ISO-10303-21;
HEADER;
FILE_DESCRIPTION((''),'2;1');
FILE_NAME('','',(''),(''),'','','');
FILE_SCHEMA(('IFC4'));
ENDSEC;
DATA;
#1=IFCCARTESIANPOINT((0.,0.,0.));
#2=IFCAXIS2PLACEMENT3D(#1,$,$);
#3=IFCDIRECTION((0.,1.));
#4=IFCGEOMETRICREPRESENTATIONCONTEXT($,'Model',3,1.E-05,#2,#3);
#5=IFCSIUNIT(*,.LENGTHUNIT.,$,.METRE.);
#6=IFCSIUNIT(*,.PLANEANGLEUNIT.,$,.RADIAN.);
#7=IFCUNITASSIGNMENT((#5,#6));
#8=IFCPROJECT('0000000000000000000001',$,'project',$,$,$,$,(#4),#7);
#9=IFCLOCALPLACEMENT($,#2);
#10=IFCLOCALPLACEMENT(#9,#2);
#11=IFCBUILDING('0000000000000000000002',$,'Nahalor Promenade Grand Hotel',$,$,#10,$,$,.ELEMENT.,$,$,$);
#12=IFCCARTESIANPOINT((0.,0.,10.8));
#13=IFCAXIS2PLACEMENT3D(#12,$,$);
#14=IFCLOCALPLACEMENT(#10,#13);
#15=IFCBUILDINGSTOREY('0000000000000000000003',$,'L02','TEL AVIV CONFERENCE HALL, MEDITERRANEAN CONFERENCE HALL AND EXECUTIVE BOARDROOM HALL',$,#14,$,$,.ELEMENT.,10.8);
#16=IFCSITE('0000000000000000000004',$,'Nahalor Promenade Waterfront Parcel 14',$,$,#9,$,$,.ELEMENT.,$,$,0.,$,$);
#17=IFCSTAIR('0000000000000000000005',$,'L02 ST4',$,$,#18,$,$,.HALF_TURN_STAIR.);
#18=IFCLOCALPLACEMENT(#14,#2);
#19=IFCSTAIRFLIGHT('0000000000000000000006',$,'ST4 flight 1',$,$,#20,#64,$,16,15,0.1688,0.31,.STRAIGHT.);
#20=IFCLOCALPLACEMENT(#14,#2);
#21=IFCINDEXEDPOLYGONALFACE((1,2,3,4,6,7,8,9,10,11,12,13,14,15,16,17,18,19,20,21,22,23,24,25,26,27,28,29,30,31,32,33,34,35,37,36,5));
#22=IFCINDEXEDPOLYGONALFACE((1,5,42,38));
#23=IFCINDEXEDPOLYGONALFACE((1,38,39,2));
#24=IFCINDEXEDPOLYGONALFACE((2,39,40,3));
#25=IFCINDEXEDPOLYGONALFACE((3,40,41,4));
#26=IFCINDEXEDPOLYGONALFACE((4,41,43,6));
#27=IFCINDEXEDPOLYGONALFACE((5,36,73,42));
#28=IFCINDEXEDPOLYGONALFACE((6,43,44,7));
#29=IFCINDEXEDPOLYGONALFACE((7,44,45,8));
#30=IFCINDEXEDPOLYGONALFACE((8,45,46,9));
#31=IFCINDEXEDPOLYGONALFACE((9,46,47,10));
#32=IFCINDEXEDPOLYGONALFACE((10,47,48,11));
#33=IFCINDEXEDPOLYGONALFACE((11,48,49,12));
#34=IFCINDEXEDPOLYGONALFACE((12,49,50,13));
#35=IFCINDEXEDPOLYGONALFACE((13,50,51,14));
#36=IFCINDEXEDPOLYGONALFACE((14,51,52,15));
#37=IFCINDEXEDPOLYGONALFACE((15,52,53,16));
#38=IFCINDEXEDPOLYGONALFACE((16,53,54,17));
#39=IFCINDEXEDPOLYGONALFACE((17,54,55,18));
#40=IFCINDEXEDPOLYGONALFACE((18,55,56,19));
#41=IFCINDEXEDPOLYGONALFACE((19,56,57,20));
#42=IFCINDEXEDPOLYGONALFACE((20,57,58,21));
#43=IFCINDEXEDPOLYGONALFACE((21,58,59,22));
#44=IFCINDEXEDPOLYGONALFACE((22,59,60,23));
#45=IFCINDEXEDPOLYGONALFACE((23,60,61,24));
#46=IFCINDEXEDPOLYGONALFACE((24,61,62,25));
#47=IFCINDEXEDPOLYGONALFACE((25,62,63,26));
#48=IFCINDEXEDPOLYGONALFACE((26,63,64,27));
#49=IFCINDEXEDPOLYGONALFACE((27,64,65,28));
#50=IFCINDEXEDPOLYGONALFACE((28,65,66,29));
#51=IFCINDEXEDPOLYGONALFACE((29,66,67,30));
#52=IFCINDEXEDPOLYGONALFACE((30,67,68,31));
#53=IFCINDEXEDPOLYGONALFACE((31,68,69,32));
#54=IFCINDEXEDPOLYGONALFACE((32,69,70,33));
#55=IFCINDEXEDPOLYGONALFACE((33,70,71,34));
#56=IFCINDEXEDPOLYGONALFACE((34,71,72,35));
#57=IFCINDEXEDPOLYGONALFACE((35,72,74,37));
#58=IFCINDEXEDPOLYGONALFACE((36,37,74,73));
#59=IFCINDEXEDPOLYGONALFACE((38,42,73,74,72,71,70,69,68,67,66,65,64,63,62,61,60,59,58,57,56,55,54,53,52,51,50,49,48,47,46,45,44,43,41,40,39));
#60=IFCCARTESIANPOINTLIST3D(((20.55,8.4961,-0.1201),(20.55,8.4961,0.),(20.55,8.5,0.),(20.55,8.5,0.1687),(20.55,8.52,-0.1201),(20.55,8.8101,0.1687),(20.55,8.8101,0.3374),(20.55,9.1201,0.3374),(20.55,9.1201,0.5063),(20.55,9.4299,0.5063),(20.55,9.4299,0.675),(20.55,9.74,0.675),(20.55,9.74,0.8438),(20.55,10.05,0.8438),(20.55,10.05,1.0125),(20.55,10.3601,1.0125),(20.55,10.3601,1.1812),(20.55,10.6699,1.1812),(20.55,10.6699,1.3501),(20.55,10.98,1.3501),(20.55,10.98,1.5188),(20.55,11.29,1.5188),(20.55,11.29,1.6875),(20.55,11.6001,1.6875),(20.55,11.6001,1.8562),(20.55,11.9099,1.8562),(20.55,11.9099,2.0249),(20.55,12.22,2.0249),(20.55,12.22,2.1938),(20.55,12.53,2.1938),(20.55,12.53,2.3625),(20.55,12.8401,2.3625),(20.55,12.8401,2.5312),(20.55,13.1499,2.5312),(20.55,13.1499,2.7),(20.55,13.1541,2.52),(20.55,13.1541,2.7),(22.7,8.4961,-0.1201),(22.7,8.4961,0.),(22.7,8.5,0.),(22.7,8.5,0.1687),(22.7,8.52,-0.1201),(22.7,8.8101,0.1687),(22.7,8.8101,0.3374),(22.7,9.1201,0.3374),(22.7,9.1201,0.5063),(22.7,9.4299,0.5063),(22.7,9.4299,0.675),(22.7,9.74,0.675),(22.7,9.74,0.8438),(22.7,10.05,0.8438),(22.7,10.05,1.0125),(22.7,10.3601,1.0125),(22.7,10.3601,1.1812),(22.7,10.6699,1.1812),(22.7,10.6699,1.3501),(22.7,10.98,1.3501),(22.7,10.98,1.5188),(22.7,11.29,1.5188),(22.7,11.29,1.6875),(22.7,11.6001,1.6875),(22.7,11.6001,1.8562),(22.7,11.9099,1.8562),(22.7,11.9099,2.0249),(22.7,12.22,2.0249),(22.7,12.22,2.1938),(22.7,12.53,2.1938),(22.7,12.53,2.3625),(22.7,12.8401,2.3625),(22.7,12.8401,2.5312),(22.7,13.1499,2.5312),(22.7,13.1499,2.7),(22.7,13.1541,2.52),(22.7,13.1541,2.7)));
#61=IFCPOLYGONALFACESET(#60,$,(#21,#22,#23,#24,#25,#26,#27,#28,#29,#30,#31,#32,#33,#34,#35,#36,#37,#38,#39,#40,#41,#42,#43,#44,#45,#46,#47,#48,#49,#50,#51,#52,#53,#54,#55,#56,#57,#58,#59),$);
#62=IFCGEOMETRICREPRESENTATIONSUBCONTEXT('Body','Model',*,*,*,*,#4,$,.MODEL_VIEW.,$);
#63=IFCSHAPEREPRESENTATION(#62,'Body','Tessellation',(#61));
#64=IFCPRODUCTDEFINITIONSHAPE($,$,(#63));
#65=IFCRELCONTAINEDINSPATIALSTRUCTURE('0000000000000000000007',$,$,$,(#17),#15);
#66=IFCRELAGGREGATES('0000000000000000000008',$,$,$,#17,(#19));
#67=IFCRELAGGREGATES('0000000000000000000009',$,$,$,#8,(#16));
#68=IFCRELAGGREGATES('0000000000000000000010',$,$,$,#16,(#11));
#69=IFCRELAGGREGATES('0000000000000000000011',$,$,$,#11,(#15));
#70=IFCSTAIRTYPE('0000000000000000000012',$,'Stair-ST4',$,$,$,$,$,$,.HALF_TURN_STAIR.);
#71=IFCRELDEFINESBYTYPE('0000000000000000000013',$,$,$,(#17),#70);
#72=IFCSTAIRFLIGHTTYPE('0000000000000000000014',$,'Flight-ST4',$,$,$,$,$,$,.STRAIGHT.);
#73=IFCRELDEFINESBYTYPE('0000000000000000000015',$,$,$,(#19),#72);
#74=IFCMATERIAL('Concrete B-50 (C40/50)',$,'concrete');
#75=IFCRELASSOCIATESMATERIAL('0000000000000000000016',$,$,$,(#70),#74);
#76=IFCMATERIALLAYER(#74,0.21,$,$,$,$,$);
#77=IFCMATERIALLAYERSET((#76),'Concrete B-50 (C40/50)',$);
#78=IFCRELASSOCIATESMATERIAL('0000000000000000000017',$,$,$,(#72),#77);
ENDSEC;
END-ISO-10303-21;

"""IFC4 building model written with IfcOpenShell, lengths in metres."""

from ifc_helpers import new_model, si_unit, direction, frame, origin, place, context, subcontext, project, spatial, polyline, outline, extrude, source, transform, mapped, material, layer, layer_set, type_object, element, aggregate, save


model = new_model("IFC4")

# Units and contexts
model_context = context("Model", 3, precision=1e-05, world=origin(), true_north=direction((0.0, 1.0)))
body_context = subcontext(model_context, "Body", "Model", "MODEL_VIEW")
ifc_project = project(units=[si_unit("LENGTHUNIT", "METRE"), si_unit("PLANEANGLEUNIT", "RADIAN")], contexts=[model_context])

# Site, building, storey
site_placement = place(None, origin())
site = spatial("IfcSite", under=ifc_project, at=site_placement, Name="Nahalor Promenade Waterfront Parcel 14", CompositionType="ELEMENT", RefElevation=0.0)
building_placement = place(site_placement, origin())
building = spatial("IfcBuilding", under=site, at=building_placement, Name="Nahalor Promenade Grand Hotel", CompositionType="ELEMENT")
storey_placement = place(building_placement, frame((0.0, 0.0, 10.8)))
storey = spatial("IfcBuildingStorey", under=building, at=storey_placement, Name="L02", Description="TEL AVIV CONFERENCE HALL, MEDITERRANEAN CONFERENCE HALL AND EXECUTIVE BOARDROOM HALL", CompositionType="ELEMENT", Elevation=10.8)

# Shared definitions
ifc_material_1 = material(Name="Concrete B-50 (C40/50)", Category="concrete")

# Stair, stair flight
stair_type = type_object("IfcStairType", Name="Stair-ST4", PredefinedType="HALF_TURN_STAIR", material=ifc_material_1)
stair_placement = place(storey_placement, origin())
stair = element("IfcStair", 1, at=stair_placement, inside=storey, type_object=stair_type, Name="L02 ST4", PredefinedType="HALF_TURN_STAIR")
ifc_layer_1 = layer(ifc_material_1, 0.21)
ifc_layer_set_1 = layer_set([ifc_layer_1], Name="Concrete B-50 (C40/50)")
stair_flight_type = type_object("IfcStairFlightType", Name="Flight-ST4", PredefinedType="STRAIGHT", material=ifc_layer_set_1)
shared_shape_1 = source(origin(), body_context, "Body", "SweptSolid", [
    extrude(outline(polyline([(-0.0039, -0.1201), (-0.0039, 0.0), (0.0, 0.0), (0.0, 0.1687), (0.3101, 0.1687), (0.3101, 0.3374), (0.6201, 0.3374), (0.6201, 0.5063), (0.9299, 0.5063), (0.9299, 0.675), (1.24, 0.675), (1.24, 0.8438), (1.55, 0.8438), (1.55, 1.0125), (1.8601, 1.0125), (1.8601, 1.1812), (2.1699, 1.1812), (2.1699, 1.3501), (2.48, 1.3501), (2.48, 1.5188), (2.79, 1.5188), (2.79, 1.6875), (3.1001, 1.6875), (3.1001, 1.8562), (3.4099, 1.8562), (3.4099, 2.0249), (3.72, 2.0249), (3.72, 2.1938), (4.03, 2.1938), (4.03, 2.3625), (4.3401, 2.3625), (4.3401, 2.5312), (4.6499, 2.5312), (4.6499, 2.7), (4.6541, 2.7), (4.6541, 2.52), (0.02, -0.1201), (-0.0039, -0.1201)])), frame((0.0, 1.075, 0.0), z_axis=(0.0, -1.0, 0.0), x_axis=(1.0, 0.0, 0.0)), (0.0, 0.0, 1.0), 2.1499),
])
stair_flight_placement = place(storey_placement, frame((21.625, 8.5, 0.0), z_axis=(0.0, 0.0, 1.0), x_axis=(0.0, 1.0, 0.0)))
stair_flight = element("IfcStairFlight", 2, at=stair_flight_placement, type_object=stair_flight_type, Name="ST4 flight 1", NumberOfRisers=16, NumberOfTreads=15, PredefinedType="STRAIGHT", RiserHeight=0.1688, TreadLength=0.31, context=body_context, shape_type="MappedRepresentation", body=[
    mapped(shared_shape_1, transform((0.0, 0.0, 0.0), scale=1.0)),
])
aggregate(stair, [stair_flight])

save(model, "model.ifc")
